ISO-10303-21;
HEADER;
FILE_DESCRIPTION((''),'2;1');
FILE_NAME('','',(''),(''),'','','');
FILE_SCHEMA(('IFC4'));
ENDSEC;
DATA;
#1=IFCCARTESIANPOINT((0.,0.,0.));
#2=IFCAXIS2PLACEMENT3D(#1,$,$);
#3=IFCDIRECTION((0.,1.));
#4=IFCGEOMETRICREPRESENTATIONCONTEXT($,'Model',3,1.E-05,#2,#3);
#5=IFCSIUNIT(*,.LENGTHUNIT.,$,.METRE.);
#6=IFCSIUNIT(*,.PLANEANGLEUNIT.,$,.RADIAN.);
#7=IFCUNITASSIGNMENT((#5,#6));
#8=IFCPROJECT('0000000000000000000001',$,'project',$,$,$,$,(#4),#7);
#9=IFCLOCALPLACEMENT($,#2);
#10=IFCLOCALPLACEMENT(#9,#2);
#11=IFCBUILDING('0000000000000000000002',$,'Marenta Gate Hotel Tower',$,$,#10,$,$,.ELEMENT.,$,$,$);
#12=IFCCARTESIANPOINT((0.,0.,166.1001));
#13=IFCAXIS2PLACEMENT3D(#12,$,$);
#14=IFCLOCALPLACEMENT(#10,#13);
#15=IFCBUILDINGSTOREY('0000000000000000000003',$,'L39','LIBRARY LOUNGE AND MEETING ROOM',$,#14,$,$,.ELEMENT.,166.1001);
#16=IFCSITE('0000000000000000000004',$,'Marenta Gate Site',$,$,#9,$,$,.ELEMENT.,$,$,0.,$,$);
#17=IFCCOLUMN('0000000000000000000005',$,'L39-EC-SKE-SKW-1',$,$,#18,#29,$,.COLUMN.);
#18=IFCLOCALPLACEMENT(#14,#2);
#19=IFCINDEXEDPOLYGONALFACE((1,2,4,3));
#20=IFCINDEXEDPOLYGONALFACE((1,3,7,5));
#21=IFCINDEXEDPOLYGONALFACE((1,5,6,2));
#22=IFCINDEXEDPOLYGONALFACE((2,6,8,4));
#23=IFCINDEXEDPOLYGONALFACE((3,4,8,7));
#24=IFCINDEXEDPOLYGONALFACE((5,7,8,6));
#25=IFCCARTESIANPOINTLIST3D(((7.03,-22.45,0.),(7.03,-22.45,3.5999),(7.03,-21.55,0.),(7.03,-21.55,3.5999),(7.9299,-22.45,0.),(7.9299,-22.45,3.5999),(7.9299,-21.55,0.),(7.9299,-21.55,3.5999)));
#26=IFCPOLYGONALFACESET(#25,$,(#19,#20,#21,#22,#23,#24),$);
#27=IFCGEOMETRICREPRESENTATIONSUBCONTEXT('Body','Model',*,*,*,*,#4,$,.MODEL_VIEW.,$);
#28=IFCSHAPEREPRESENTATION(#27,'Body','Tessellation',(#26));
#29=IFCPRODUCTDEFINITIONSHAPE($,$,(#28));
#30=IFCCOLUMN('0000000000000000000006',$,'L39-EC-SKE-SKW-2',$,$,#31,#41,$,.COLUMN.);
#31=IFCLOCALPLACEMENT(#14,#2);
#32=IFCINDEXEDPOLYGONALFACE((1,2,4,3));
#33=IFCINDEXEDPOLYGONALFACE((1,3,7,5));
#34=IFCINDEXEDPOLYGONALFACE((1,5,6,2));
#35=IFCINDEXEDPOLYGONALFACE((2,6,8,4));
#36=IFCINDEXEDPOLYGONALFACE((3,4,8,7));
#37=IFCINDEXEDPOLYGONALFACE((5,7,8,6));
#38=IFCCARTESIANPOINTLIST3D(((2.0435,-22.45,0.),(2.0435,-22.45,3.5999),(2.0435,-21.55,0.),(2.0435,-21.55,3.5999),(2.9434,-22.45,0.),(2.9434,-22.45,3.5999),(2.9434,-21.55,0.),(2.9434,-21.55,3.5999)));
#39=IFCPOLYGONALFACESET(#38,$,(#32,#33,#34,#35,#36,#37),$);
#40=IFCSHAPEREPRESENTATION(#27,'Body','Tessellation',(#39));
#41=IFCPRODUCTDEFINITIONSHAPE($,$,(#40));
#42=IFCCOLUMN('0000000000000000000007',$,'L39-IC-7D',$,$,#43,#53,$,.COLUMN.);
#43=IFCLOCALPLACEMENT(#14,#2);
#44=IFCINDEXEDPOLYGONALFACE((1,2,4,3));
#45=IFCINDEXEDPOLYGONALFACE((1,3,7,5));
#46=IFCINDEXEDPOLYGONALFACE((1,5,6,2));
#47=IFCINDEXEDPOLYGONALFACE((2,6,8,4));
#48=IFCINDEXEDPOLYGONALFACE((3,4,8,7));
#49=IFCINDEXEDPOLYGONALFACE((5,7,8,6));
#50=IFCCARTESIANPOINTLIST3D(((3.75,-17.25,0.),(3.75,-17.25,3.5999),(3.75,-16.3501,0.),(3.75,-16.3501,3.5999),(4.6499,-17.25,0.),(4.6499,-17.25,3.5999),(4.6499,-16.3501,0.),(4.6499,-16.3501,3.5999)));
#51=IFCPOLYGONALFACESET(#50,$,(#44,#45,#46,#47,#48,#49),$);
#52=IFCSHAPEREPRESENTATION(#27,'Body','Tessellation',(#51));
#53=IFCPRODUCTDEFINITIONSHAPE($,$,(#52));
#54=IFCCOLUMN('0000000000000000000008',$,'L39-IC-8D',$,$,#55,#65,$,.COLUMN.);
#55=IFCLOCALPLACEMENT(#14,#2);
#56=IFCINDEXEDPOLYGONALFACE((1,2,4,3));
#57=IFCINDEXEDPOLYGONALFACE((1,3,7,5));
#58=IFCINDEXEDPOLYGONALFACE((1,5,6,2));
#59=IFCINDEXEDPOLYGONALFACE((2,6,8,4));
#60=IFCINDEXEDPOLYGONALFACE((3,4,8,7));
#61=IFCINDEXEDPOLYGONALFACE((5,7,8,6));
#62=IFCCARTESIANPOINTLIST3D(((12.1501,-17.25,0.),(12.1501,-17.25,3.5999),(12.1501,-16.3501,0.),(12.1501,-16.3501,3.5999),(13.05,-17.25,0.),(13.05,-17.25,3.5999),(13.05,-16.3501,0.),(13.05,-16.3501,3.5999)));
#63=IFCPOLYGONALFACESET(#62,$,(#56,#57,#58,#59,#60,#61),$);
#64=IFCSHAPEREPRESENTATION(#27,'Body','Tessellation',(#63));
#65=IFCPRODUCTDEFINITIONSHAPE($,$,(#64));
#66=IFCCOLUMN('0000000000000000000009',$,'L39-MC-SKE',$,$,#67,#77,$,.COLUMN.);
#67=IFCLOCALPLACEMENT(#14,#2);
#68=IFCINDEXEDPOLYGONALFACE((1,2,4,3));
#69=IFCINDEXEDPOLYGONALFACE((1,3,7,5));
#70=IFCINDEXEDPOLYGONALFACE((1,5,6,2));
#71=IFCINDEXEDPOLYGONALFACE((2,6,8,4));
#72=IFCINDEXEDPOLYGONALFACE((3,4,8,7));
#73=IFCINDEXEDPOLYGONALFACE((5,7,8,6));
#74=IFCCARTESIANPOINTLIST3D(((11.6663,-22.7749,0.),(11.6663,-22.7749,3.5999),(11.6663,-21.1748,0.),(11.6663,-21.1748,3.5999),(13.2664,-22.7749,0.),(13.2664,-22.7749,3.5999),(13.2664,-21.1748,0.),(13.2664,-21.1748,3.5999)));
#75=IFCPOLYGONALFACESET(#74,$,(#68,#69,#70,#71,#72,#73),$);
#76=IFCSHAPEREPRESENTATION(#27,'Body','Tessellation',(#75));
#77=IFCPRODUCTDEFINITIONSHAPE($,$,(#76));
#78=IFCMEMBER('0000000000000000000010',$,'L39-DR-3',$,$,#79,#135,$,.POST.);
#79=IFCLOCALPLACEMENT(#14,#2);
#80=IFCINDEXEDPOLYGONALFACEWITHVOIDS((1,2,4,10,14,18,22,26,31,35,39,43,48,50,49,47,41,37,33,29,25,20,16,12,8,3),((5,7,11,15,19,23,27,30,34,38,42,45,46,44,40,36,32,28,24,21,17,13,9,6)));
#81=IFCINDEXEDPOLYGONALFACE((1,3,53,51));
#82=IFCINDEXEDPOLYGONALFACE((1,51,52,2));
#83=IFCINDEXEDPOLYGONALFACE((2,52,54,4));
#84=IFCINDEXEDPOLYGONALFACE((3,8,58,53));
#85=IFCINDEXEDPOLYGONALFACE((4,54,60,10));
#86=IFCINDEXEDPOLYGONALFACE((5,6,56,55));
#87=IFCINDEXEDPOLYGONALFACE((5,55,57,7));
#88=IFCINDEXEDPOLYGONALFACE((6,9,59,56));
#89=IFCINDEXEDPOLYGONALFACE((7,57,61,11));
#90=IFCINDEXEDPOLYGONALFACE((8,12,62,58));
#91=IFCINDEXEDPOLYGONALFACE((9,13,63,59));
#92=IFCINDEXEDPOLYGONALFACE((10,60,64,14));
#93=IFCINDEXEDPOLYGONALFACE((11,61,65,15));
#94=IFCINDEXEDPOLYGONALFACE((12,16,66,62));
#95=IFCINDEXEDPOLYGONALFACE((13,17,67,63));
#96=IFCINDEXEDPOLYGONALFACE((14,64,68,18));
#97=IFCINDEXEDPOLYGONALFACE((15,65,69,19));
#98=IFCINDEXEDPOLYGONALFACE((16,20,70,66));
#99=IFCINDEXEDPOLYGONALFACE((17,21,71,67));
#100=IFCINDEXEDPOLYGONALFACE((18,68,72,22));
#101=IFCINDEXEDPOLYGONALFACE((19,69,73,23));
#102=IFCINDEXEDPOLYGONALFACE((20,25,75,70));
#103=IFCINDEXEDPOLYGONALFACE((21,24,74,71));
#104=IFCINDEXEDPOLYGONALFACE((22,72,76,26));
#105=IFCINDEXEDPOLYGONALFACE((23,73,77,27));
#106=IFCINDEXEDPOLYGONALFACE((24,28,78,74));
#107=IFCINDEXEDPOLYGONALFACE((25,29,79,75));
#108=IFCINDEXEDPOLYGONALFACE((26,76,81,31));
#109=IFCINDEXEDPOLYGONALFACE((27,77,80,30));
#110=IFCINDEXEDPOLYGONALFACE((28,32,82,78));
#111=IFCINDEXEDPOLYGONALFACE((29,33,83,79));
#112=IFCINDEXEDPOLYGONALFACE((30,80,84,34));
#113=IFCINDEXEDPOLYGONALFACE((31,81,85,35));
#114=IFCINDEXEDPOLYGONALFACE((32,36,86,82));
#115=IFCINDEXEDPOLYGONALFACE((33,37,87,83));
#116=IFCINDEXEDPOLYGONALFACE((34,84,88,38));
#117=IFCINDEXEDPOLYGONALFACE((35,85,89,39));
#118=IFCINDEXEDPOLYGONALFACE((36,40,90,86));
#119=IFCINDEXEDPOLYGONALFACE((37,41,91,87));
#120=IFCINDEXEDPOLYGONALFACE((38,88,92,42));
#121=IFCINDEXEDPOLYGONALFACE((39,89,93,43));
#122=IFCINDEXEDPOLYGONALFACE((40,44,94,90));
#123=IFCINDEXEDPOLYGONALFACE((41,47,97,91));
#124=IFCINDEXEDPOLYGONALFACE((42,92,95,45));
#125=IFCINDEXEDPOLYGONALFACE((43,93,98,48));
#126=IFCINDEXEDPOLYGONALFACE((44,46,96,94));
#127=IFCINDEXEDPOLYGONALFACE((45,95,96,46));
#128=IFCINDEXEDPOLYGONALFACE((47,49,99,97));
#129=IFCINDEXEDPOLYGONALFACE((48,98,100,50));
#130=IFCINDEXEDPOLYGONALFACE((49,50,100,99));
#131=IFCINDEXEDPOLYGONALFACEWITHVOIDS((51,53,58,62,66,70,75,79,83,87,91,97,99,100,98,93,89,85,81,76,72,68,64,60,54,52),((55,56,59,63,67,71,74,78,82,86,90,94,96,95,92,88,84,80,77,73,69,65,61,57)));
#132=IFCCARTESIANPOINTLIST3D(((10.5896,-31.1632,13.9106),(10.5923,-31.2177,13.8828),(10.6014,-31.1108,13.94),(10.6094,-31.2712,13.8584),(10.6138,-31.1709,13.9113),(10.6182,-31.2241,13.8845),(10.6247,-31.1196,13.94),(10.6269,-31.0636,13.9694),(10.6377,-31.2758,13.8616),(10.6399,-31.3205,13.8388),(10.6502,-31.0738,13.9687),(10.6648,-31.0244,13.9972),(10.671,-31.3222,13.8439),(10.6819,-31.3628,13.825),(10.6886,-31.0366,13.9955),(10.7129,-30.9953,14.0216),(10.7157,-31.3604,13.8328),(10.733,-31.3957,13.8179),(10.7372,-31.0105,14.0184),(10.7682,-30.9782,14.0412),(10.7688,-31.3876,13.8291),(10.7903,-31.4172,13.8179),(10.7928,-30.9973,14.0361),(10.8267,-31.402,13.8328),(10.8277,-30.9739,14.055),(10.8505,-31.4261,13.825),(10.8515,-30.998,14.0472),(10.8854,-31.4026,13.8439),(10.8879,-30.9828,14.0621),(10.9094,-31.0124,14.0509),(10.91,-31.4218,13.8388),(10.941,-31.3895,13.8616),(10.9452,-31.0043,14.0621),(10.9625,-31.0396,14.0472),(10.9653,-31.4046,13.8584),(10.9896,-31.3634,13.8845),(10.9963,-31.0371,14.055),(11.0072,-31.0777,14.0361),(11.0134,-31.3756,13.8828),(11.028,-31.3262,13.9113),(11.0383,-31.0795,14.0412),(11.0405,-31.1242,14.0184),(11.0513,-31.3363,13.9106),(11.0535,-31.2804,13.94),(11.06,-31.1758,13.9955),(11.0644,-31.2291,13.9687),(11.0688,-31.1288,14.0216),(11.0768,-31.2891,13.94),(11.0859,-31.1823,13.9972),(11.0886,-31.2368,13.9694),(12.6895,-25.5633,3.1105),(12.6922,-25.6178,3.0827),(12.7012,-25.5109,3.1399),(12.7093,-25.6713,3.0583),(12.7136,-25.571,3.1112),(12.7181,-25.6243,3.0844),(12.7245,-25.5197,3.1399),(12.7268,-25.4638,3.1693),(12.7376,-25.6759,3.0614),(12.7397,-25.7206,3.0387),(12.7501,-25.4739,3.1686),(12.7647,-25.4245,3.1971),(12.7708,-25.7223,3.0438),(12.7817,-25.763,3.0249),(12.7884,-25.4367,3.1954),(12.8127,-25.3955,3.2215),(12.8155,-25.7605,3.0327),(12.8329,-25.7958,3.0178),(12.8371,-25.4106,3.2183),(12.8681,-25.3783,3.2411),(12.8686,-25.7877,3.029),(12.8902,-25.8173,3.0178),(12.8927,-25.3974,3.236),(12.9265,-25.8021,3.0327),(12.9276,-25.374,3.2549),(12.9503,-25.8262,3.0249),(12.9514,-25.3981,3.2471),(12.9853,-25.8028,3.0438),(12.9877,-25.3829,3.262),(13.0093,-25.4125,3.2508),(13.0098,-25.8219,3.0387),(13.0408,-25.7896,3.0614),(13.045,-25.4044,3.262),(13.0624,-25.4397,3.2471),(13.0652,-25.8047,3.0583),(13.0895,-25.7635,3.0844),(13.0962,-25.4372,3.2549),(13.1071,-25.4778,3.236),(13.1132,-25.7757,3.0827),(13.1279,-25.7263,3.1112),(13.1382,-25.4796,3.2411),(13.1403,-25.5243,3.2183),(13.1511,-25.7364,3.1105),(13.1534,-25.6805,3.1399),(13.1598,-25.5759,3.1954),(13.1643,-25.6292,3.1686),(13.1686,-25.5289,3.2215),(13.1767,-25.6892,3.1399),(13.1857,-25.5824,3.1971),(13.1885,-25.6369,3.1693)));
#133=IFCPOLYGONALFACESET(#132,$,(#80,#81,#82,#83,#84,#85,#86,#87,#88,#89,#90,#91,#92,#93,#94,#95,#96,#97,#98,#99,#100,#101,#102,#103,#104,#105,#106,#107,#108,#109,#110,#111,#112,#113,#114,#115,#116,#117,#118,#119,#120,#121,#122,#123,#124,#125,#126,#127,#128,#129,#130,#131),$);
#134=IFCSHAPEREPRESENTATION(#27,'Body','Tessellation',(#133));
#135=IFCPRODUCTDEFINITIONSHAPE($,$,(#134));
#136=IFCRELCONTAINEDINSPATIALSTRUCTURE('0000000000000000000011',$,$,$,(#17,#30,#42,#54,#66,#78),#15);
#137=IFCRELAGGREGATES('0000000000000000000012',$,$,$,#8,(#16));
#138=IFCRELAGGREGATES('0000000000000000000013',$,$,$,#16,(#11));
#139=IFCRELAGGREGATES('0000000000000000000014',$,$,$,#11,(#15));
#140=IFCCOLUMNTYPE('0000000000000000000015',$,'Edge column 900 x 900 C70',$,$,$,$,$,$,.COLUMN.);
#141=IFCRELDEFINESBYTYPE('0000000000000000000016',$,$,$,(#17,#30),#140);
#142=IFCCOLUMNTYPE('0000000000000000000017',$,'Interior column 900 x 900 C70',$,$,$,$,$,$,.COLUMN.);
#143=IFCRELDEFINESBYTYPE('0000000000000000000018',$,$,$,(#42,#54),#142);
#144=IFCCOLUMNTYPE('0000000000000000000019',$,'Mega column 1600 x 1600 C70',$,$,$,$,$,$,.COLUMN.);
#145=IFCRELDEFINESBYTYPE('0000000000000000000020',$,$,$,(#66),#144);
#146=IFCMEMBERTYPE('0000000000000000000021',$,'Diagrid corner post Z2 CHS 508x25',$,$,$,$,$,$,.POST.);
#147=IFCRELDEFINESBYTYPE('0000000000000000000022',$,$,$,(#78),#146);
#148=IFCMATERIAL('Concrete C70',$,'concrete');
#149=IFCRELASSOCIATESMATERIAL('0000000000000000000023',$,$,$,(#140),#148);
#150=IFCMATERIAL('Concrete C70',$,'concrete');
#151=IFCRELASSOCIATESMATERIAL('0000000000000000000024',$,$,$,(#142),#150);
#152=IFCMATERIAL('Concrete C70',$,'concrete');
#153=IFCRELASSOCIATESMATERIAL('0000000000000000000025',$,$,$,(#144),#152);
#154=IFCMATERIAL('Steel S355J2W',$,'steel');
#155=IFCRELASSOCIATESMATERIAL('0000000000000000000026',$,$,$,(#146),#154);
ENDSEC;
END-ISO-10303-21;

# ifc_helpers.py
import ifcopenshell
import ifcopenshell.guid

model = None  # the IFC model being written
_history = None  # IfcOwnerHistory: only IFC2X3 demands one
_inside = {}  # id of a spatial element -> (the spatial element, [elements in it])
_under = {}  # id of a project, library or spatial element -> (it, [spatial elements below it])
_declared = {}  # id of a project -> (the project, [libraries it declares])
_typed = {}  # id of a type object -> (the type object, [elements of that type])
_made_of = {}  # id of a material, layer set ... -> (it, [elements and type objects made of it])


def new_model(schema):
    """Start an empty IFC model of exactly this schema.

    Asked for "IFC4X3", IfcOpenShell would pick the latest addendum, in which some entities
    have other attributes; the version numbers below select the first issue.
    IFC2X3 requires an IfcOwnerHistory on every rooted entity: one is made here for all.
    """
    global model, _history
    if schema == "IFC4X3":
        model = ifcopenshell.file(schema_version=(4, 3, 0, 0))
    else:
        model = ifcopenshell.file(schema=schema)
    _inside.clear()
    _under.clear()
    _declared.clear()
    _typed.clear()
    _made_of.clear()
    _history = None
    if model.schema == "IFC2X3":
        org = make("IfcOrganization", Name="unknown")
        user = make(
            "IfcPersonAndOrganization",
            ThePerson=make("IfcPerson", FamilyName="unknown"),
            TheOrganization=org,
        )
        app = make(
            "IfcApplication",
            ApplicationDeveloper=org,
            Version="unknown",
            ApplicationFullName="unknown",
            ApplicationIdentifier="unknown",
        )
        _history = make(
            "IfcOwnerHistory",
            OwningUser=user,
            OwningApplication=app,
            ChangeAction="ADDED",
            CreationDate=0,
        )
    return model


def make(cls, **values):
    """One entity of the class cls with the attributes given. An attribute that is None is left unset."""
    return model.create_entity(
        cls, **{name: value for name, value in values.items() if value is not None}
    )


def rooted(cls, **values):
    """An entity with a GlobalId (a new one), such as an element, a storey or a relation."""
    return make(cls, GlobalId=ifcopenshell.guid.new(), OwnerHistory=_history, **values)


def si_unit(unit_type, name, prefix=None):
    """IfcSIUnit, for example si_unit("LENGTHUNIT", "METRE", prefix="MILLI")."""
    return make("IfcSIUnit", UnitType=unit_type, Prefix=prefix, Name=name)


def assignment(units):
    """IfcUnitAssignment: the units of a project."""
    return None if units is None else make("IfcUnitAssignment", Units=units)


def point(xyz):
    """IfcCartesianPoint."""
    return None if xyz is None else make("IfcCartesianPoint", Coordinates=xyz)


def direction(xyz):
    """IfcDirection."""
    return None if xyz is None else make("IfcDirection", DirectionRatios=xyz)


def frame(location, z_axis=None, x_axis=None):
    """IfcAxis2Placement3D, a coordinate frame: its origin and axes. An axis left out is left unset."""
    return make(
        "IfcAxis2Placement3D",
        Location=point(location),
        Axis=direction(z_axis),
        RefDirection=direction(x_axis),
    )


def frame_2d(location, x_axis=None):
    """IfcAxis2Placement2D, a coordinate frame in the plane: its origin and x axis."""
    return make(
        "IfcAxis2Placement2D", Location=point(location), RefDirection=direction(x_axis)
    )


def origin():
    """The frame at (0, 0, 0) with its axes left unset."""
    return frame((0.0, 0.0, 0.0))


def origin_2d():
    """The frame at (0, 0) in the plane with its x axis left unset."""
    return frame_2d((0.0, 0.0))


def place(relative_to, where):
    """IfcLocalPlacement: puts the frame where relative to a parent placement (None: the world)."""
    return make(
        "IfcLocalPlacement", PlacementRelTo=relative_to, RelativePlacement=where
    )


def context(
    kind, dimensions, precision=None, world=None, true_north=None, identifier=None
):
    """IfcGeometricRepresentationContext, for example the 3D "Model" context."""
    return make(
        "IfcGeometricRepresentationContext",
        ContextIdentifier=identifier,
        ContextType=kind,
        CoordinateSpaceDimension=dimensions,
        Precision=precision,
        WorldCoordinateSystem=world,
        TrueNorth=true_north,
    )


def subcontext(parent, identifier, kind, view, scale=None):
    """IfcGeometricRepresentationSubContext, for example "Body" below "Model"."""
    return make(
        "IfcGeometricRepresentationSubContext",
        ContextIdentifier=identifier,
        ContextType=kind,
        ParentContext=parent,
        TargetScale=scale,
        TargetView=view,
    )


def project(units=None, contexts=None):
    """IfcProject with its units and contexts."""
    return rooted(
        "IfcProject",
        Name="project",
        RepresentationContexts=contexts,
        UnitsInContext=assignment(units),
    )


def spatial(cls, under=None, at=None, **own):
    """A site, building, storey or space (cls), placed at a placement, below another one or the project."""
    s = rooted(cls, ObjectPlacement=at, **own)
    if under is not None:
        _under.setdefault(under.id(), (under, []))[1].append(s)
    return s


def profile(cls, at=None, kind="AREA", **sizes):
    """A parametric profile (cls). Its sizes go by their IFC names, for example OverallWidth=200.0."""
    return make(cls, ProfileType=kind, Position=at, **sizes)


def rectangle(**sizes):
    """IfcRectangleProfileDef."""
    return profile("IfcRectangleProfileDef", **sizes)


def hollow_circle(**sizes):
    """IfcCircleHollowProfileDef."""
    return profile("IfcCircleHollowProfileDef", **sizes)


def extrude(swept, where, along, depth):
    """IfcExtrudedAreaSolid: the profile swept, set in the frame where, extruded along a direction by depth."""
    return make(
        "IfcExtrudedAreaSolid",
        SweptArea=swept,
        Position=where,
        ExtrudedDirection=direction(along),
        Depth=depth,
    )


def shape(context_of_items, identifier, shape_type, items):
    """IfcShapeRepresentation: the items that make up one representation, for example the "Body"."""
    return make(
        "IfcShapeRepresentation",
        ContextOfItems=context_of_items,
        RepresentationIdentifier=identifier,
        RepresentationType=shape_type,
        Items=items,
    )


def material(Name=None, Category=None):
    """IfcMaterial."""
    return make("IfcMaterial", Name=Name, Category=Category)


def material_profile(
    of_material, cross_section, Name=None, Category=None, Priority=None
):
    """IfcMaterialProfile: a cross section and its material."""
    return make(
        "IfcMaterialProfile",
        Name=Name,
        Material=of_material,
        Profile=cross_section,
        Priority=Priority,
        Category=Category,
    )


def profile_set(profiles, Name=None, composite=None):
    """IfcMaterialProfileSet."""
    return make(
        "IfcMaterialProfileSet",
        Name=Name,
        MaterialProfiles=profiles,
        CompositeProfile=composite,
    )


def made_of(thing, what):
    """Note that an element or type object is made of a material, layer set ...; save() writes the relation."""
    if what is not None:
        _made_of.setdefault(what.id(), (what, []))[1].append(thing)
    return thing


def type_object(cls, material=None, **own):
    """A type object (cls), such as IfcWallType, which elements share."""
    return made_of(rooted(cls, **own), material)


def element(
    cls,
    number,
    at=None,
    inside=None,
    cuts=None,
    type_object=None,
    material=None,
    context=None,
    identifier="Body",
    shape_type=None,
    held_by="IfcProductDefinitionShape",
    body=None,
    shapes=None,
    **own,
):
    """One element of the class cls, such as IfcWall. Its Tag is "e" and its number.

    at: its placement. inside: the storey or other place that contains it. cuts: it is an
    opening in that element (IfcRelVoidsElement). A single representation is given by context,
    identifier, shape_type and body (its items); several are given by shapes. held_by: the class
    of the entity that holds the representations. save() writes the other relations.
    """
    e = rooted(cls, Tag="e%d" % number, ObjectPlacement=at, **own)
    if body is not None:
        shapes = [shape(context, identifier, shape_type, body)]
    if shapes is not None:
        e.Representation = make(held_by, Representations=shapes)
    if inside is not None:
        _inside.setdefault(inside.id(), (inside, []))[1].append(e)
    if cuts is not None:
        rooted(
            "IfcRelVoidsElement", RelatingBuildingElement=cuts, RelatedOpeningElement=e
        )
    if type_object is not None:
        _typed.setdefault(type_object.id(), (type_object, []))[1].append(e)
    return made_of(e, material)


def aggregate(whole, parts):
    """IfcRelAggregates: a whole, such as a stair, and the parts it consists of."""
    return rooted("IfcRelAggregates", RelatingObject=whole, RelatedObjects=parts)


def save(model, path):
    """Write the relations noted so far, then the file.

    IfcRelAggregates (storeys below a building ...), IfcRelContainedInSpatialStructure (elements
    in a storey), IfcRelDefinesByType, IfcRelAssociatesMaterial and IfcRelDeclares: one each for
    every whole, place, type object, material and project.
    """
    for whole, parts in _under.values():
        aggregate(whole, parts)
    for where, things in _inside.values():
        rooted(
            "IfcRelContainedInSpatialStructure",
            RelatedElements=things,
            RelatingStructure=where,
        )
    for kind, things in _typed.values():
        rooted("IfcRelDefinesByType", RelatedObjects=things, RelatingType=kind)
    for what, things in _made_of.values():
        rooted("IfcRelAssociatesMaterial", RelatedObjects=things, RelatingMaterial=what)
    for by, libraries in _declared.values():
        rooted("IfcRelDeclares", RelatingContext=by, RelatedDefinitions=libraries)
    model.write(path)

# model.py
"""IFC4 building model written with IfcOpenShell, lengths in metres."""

from ifc_helpers import new_model, si_unit, direction, frame, origin, origin_2d, place, context, subcontext, project, spatial, rectangle, hollow_circle, extrude, material, material_profile, profile_set, type_object, element, save


model = new_model("IFC4")

# Units and contexts
model_context = context("Model", 3, precision=1e-05, world=origin(), true_north=direction((0.0, 1.0)))
body_context = subcontext(model_context, "Body", "Model", "MODEL_VIEW")
ifc_project = project(units=[si_unit("LENGTHUNIT", "METRE"), si_unit("PLANEANGLEUNIT", "RADIAN")], contexts=[model_context])

# Site, building, storey
site_placement = place(None, origin())
site = spatial("IfcSite", under=ifc_project, at=site_placement, Name="Marenta Gate Site", CompositionType="ELEMENT", RefElevation=0.0)
building_placement = place(site_placement, origin())
building = spatial("IfcBuilding", under=site, at=building_placement, Name="Marenta Gate Hotel Tower", CompositionType="ELEMENT")
storey_placement = place(building_placement, frame((0.0, 0.0, 166.1001)))
storey = spatial("IfcBuildingStorey", under=building, at=storey_placement, Name="L39", Description="LIBRARY LOUNGE AND MEETING ROOM", CompositionType="ELEMENT", Elevation=166.1001)

# Columns
ifc_material_1 = material(Name="Concrete C70", Category="concrete")
ifc_material_profile_1 = material_profile(ifc_material_1, rectangle(XDim=0.8999, YDim=0.8999, at=origin_2d()), Name="900 x 900")
ifc_profile_set_1 = profile_set([ifc_material_profile_1], Name="Concrete C70")
column_type_1 = type_object("IfcColumnType", Name="Edge column 900 x 900 C70", PredefinedType="COLUMN", material=ifc_profile_set_1)
for number, where, z_axis, x_axis, name in (
    (1, (7.48, -22.0, 0.0), (0.0, 0.0, 1.0), (1.0, 0.0, 0.0), "L39-EC-SKE-SKW-1"),
    (2, (2.4934, -22.0, 0.0), (0.0, 0.0, 1.0), (1.0, 0.0, 0.0), "L39-EC-SKE-SKW-2"),
):
    element("IfcColumn", number, at=place(storey_placement, frame(where, z_axis=z_axis, x_axis=x_axis)), inside=storey, type_object=column_type_1, Name=name, PredefinedType="COLUMN", context=body_context, shape_type="SweptSolid", body=[
        extrude(rectangle(XDim=0.8999, YDim=0.8999, at=origin_2d()), origin(), (0.0, 0.0, 1.0), 3.5999),
    ])
ifc_material_2 = material(Name="Concrete C70", Category="concrete")
ifc_material_profile_2 = material_profile(ifc_material_2, rectangle(XDim=0.8999, YDim=0.8999, at=origin_2d()), Name="900 x 900")
ifc_profile_set_2 = profile_set([ifc_material_profile_2], Name="Concrete C70")
column_type_2 = type_object("IfcColumnType", Name="Interior column 900 x 900 C70", PredefinedType="COLUMN", material=ifc_profile_set_2)
for number, where, z_axis, x_axis, name in (
    (3, (4.2, -16.8, 0.0), (0.0, 0.0, 1.0), (1.0, 0.0, 0.0), "L39-IC-7D"),
    (4, (12.6001, -16.8, 0.0), (0.0, 0.0, 1.0), (1.0, 0.0, 0.0), "L39-IC-8D"),
):
    element("IfcColumn", number, at=place(storey_placement, frame(where, z_axis=z_axis, x_axis=x_axis)), inside=storey, type_object=column_type_2, Name=name, PredefinedType="COLUMN", context=body_context, shape_type="SweptSolid", body=[
        extrude(rectangle(XDim=0.8999, YDim=0.8999, at=origin_2d()), origin(), (0.0, 0.0, 1.0), 3.5999),
    ])
ifc_material_3 = material(Name="Concrete C70", Category="concrete")
ifc_material_profile_3 = material_profile(ifc_material_3, rectangle(XDim=1.6001, YDim=1.6001, at=origin_2d()), Name="1600 x 1600")
ifc_profile_set_3 = profile_set([ifc_material_profile_3], Name="Concrete C70")
column_type_3 = type_object("IfcColumnType", Name="Mega column 1600 x 1600 C70", PredefinedType="COLUMN", material=ifc_profile_set_3)
column_placement = place(storey_placement, frame((12.4663, -21.9749, 0.0), z_axis=(0.0, 0.0, 1.0), x_axis=(1.0, 0.0, 0.0)))
element("IfcColumn", 5, at=column_placement, inside=storey, type_object=column_type_3, Name="L39-MC-SKE", PredefinedType="COLUMN", context=body_context, shape_type="SweptSolid", body=[
    extrude(rectangle(XDim=1.6001, YDim=1.6001, at=origin_2d()), origin(), (0.0, 0.0, 1.0), 3.5999),
])

# Member
ifc_material_4 = material(Name="Steel S355J2W", Category="steel")
ifc_material_profile_4 = material_profile(ifc_material_4, hollow_circle(Radius=0.2539, WallThickness=0.0249, at=origin_2d()), Name="CHS 508x25")
ifc_profile_set_4 = profile_set([ifc_material_profile_4], Name="Steel S355J2W")
member_type_1 = type_object("IfcMemberType", Name="Diagrid corner post Z2 CHS 508x25", PredefinedType="POST", material=ifc_profile_set_4)
member_1_placement = place(storey_placement, frame((12.939, -25.6001, 3.1399), z_axis=(-0.170092, -0.453599, 0.874824), x_axis=(0.936334, -0.35111, 0.0)))
element("IfcMember", 6, at=member_1_placement, inside=storey, type_object=member_type_1, Name="L39-DR-3", PredefinedType="POST", context=body_context, shape_type="SweptSolid", body=[
    extrude(hollow_circle(Radius=0.2539, WallThickness=0.0249, at=origin_2d()), origin(), (0.0, 0.0, 1.0), 12.3455),
])

save(model, "model.ifc")
